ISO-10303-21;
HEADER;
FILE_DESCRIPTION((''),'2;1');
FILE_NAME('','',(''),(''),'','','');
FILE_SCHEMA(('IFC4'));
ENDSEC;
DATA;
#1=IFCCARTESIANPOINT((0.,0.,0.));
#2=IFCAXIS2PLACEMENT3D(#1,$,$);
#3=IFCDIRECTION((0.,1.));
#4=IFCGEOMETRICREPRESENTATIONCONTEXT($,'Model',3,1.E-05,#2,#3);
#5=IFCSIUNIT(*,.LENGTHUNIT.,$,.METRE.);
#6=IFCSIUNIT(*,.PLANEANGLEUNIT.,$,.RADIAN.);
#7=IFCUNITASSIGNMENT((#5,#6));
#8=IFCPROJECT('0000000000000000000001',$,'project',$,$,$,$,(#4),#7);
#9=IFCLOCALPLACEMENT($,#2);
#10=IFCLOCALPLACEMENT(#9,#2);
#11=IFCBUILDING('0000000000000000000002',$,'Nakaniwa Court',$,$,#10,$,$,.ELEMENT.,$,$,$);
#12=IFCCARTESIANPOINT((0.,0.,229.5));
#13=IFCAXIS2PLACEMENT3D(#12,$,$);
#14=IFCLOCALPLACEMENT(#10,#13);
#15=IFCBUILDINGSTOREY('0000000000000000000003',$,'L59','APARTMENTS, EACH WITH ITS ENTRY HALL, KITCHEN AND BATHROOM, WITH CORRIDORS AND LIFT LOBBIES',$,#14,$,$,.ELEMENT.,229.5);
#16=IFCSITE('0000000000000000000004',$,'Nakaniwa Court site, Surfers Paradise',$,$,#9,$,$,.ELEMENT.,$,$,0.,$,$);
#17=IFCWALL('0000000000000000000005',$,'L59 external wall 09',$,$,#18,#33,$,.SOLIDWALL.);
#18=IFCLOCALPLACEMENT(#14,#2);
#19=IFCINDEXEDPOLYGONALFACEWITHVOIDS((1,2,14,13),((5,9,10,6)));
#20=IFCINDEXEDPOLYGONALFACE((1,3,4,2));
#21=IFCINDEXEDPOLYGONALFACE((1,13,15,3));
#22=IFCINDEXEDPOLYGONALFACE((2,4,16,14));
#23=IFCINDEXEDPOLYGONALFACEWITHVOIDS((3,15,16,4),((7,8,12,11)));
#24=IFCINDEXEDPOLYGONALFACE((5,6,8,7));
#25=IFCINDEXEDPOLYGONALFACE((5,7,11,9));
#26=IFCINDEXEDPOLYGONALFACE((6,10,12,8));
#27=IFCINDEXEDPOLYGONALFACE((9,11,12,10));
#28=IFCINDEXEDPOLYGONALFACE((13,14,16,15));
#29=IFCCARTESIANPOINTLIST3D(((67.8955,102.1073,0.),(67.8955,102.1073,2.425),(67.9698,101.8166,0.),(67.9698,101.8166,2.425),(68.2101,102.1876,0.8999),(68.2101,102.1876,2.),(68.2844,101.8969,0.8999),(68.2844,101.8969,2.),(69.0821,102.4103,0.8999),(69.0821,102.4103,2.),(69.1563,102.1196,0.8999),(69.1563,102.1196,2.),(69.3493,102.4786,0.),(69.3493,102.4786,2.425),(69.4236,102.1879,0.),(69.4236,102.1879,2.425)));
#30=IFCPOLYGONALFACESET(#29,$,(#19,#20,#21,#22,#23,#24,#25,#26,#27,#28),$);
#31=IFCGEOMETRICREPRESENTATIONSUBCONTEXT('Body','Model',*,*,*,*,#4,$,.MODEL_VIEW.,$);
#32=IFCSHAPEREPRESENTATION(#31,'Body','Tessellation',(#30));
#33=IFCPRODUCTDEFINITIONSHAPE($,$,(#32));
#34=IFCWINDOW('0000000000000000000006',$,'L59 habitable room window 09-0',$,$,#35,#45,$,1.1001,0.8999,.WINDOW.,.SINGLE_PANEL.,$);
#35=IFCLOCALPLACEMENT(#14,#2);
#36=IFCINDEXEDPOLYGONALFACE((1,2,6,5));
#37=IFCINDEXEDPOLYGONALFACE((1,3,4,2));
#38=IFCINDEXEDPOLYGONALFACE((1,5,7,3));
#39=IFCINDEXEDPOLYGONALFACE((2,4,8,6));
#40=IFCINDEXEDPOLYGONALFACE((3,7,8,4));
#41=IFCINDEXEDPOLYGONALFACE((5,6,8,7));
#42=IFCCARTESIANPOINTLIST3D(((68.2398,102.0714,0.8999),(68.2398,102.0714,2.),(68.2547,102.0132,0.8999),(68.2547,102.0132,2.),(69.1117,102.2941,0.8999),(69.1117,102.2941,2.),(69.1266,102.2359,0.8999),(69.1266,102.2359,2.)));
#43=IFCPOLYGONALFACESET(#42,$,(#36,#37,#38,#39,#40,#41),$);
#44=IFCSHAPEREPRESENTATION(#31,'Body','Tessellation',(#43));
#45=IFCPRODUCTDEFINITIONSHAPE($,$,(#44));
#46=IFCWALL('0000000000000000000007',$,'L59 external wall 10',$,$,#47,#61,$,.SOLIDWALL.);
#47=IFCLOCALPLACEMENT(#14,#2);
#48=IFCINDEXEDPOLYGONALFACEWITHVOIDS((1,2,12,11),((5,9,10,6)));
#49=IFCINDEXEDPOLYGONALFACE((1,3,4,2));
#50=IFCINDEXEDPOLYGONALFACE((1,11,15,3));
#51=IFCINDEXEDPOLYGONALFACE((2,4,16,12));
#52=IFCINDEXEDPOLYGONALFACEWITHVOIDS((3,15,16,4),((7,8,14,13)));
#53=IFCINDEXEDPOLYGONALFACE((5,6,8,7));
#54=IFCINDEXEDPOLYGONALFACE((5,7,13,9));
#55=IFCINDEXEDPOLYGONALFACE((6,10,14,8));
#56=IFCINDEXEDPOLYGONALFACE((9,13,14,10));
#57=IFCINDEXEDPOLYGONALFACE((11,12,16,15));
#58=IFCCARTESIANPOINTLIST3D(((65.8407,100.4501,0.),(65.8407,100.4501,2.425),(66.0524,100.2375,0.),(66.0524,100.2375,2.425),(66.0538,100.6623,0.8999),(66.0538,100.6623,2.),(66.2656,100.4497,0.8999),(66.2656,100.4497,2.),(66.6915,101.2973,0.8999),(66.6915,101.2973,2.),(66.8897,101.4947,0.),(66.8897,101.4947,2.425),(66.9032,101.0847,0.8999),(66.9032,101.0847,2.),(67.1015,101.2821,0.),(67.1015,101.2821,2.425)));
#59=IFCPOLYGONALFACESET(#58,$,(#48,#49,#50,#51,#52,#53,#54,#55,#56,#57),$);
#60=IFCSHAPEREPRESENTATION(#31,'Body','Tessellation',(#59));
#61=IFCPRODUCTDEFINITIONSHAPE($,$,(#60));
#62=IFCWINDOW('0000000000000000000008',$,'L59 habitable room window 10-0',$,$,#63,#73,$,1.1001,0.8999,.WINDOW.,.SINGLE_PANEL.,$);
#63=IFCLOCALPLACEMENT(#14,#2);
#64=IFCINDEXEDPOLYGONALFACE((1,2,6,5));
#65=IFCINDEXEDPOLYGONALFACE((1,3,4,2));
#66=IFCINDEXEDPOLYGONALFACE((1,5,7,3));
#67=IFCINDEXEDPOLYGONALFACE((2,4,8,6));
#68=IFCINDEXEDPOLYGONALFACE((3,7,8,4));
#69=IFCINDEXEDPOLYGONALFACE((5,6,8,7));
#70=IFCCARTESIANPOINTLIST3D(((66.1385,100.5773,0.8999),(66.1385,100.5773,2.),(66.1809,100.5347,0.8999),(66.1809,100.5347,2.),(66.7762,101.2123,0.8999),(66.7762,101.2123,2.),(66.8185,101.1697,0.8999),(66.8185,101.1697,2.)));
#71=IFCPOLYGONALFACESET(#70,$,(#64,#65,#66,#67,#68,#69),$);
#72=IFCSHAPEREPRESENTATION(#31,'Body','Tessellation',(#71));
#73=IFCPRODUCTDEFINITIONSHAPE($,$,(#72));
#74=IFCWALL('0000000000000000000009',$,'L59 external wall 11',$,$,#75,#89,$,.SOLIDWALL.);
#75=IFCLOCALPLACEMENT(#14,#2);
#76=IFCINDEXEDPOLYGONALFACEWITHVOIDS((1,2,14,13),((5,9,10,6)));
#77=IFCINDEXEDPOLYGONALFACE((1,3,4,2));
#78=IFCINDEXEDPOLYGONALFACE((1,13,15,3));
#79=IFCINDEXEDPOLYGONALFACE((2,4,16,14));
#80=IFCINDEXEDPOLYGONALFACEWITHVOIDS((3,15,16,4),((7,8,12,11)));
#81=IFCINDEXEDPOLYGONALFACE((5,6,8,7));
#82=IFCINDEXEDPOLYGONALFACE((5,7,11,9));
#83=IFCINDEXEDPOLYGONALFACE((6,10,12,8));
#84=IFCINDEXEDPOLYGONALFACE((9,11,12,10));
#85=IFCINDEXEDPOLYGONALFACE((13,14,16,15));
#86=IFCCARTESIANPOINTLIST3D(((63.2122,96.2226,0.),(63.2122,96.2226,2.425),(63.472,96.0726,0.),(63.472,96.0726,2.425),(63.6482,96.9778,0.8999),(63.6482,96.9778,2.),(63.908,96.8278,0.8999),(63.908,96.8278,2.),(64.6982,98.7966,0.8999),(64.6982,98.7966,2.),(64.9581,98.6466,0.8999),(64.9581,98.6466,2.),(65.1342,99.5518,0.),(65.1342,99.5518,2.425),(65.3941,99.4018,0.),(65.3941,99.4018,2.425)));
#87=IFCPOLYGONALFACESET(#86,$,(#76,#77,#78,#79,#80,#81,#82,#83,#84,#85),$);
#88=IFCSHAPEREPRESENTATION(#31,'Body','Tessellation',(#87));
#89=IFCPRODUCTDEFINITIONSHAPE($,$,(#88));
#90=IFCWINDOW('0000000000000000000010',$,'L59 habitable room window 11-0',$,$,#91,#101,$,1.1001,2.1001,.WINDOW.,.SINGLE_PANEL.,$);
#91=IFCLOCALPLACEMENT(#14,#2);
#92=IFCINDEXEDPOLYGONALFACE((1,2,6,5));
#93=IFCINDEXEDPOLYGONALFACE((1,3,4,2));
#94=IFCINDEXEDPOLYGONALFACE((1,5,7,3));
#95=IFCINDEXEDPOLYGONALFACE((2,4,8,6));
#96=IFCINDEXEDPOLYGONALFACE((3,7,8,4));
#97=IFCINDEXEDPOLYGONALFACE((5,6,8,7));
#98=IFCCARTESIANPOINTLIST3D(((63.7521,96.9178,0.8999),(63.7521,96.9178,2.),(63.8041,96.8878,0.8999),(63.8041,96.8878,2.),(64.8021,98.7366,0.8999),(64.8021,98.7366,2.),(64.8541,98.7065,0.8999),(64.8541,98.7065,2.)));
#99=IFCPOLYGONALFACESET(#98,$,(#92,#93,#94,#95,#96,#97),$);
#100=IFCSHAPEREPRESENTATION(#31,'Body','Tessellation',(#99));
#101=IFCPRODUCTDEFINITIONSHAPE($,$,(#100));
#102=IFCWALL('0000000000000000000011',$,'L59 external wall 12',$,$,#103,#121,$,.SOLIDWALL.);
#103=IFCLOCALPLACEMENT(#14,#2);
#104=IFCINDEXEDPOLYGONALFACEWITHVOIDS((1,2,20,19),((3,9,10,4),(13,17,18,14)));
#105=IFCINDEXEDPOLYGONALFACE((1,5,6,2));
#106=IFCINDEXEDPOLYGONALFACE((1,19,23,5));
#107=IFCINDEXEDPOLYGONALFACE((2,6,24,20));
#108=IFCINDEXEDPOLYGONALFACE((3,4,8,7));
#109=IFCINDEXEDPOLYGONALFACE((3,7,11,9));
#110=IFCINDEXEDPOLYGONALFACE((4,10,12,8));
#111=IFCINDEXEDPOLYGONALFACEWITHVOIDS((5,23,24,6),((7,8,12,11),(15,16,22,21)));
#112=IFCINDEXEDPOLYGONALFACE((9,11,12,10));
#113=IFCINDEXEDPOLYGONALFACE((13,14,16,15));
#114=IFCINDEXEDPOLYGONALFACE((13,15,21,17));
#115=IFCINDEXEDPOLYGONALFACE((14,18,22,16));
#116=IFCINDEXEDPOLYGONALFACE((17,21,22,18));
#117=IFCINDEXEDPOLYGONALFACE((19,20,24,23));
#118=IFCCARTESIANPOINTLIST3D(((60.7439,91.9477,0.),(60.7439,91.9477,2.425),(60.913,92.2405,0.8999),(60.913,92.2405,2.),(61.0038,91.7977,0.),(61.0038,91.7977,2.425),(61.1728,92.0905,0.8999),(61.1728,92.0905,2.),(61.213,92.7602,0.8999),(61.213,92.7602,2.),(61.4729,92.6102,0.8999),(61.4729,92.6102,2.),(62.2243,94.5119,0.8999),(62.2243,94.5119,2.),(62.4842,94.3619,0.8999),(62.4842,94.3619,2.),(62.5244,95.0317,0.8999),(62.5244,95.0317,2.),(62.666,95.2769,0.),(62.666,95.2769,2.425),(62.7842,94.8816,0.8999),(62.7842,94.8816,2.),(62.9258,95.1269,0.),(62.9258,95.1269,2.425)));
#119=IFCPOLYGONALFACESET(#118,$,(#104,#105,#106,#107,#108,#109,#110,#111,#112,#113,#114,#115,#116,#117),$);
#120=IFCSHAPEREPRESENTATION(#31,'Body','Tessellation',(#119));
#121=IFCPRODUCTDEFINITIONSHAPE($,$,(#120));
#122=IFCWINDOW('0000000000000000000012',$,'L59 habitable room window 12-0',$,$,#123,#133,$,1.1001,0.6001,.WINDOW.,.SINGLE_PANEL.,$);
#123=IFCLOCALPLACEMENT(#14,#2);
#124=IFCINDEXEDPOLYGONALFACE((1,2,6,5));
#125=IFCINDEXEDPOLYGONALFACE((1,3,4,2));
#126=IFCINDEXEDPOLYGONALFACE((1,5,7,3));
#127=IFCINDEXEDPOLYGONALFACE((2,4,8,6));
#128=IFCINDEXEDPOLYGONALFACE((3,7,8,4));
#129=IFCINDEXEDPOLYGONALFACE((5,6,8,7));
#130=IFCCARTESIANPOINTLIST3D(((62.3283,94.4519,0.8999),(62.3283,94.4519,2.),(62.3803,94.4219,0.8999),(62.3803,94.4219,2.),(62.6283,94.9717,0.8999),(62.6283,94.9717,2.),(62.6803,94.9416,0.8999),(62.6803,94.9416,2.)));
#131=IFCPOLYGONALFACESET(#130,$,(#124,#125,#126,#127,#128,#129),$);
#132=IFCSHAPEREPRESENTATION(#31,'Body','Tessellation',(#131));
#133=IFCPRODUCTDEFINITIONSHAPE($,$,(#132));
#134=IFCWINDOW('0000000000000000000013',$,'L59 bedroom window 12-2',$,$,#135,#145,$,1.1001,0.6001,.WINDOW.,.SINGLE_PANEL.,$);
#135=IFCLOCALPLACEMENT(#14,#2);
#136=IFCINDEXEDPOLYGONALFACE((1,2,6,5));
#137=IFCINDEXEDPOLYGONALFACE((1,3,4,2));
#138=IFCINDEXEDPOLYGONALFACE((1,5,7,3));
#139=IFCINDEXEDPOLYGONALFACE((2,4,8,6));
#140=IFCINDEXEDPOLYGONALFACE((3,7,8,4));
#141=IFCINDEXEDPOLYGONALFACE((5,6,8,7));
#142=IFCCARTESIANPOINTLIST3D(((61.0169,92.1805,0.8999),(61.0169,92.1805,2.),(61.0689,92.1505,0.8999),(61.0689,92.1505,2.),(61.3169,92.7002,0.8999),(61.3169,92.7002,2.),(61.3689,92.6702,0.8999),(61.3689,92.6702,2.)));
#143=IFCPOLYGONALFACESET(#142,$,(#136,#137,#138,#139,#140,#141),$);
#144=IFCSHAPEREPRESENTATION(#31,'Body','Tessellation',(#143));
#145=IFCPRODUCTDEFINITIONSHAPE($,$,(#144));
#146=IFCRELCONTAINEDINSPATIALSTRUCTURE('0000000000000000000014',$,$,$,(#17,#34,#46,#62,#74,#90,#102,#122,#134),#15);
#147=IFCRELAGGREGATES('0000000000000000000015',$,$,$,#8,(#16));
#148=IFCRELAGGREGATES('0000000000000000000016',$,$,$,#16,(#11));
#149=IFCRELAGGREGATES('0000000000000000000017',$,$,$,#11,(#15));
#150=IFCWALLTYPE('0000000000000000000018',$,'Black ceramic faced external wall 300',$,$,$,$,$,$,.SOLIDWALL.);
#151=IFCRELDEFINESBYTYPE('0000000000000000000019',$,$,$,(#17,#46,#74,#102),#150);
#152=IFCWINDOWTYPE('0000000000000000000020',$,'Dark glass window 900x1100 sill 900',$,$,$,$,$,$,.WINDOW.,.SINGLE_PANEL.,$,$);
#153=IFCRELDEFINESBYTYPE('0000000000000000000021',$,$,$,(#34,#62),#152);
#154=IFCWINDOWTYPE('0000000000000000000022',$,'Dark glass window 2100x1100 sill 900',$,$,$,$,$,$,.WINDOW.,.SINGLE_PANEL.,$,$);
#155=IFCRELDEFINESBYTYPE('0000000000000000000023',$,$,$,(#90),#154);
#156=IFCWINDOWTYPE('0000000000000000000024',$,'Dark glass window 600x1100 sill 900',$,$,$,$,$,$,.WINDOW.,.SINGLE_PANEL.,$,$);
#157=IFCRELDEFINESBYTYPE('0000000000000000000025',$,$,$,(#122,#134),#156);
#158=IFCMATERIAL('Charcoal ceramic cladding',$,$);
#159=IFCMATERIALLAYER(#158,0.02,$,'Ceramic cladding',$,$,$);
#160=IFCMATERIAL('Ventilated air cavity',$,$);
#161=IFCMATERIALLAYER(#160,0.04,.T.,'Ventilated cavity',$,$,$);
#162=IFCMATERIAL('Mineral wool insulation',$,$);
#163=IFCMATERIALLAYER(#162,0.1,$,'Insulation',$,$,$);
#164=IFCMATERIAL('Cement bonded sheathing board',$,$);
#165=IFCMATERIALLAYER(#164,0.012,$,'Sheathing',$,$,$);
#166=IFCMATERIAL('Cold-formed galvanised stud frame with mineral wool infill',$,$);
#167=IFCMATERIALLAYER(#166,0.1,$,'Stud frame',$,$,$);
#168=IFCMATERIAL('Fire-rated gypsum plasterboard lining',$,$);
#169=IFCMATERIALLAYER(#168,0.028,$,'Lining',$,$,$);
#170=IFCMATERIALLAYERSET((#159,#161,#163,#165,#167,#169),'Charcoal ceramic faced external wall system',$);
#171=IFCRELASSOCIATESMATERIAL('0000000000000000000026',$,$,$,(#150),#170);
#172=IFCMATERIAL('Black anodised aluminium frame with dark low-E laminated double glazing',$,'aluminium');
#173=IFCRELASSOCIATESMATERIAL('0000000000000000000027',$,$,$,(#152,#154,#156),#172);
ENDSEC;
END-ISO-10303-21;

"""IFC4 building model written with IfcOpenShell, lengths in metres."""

from ifc_helpers import new_model, si_unit, direction, frame, frame_2d, origin, place, context, subcontext, project, spatial, rectangle, extrude, material, layer, layer_set, type_object, element, fill, save


model = new_model("IFC4")

# Units and contexts
model_context = context("Model", 3, precision=1e-05, world=origin(), true_north=direction((0.0, 1.0)))
body_context = subcontext(model_context, "Body", "Model", "MODEL_VIEW")
ifc_project = project(units=[si_unit("LENGTHUNIT", "METRE"), si_unit("PLANEANGLEUNIT", "RADIAN")], contexts=[model_context])

# Site, building, storey
site_placement = place(None, origin())
site = spatial("IfcSite", under=ifc_project, at=site_placement, Name="Nakaniwa Court site, Surfers Paradise", CompositionType="ELEMENT", RefElevation=0.0)
building_placement = place(site_placement, origin())
building = spatial("IfcBuilding", under=site, at=building_placement, Name="Nakaniwa Court", CompositionType="ELEMENT")
storey_placement = place(building_placement, frame((0.0, 0.0, 229.5)))
storey = spatial("IfcBuildingStorey", under=building, at=storey_placement, Name="L59", Description="APARTMENTS, EACH WITH ITS ENTRY HALL, KITCHEN AND BATHROOM, WITH CORRIDORS AND LIFT LOBBIES", CompositionType="ELEMENT", Elevation=229.5)

# Walls, openings, windows
ifc_material_1 = material(Name="Charcoal ceramic cladding")
ifc_layer_1 = layer(ifc_material_1, 0.02, Name="Ceramic cladding")
ifc_material_2 = material(Name="Ventilated air cavity")
ifc_layer_2 = layer(ifc_material_2, 0.04, ventilated=True, Name="Ventilated cavity")
ifc_material_3 = material(Name="Mineral wool insulation")
ifc_layer_3 = layer(ifc_material_3, 0.1, Name="Insulation")
ifc_material_4 = material(Name="Cement bonded sheathing board")
ifc_layer_4 = layer(ifc_material_4, 0.012, Name="Sheathing")
ifc_material_5 = material(Name="Cold-formed galvanised stud frame with mineral wool infill")
ifc_layer_5 = layer(ifc_material_5, 0.1, Name="Stud frame")
ifc_material_6 = material(Name="Fire-rated gypsum plasterboard lining")
ifc_layer_6 = layer(ifc_material_6, 0.028, Name="Lining")
ifc_layer_set_1 = layer_set([ifc_layer_1, ifc_layer_2, ifc_layer_3, ifc_layer_4, ifc_layer_5, ifc_layer_6], Name="Charcoal ceramic faced external wall system")
wall_type_1 = type_object("IfcWallType", Name="Black ceramic faced external wall 300", PredefinedType="SOLIDWALL", material=ifc_layer_set_1)
wall_1_placement = place(storey_placement, frame((69.3865, 102.3333, 0.0), z_axis=(0.0, 0.0, 1.0), x_axis=(-0.968895, -0.247471, 0.0)))
wall_1 = element("IfcWall", 1, at=wall_1_placement, inside=storey, type_object=wall_type_1, Name="L59 external wall 09", PredefinedType="SOLIDWALL", context=body_context, shape_type="SweptSolid", body=[
    extrude(rectangle(XDim=1.5005, YDim=0.3, at=frame_2d((0.7502, 0.0))), origin(), (0.0, 0.0, 1.0), 2.425),
])
opening_1_placement = place(wall_1_placement, frame((0.2759, 0.0, 0.8999)))
opening_1 = element("IfcOpeningElement", 2, at=opening_1_placement, cuts=wall_1, PredefinedType="OPENING", context=body_context, shape_type="SweptSolid", body=[
    extrude(rectangle(XDim=0.8999, YDim=1.1001, at=frame_2d((0.45, 0.55))), frame((0.0, 0.1599, 0.0), z_axis=(0.0, -1.0, 0.0), x_axis=(1.0, 0.0, 0.0)), (0.0, 0.0, 1.0), 0.3201),
])
ifc_material_7 = material(Name="Black anodised aluminium frame with dark low-E laminated double glazing", Category="aluminium")
window_type_1 = type_object("IfcWindowType", Name="Dark glass window 900x1100 sill 900", PartitioningType="SINGLE_PANEL", PredefinedType="WINDOW", material=ifc_material_7)
window_1_placement = place(opening_1_placement, origin())
window_1 = element("IfcWindow", 3, at=window_1_placement, inside=storey, type_object=window_type_1, Name="L59 habitable room window 09-0", OverallHeight=1.1001, OverallWidth=0.8999, PartitioningType="SINGLE_PANEL", PredefinedType="WINDOW", context=body_context, shape_type="SweptSolid", body=[
    extrude(rectangle(XDim=0.8999, YDim=1.1001, at=frame_2d((0.45, 0.55))), frame((0.0, 0.03, 0.0), z_axis=(0.0, -1.0, 0.0), x_axis=(1.0, 0.0, 0.0)), (0.0, 0.0, 1.0), 0.0601),
])
fill(opening_1, window_1)
wall_2_placement = place(storey_placement, frame((66.9956, 101.3884, 0.0), z_axis=(0.0, 0.0, 1.0), x_axis=(-0.708589, -0.705621, 0.0)))
wall_2 = element("IfcWall", 4, at=wall_2_placement, inside=storey, type_object=wall_type_1, Name="L59 external wall 10", PredefinedType="SOLIDWALL", context=body_context, shape_type="SweptSolid", body=[
    extrude(rectangle(XDim=1.4805, YDim=0.3, at=frame_2d((0.7402, 0.0))), origin(), (0.0, 0.0, 1.0), 2.425),
])
opening_2_placement = place(wall_2_placement, frame((0.2798, 0.0, 0.8999)))
opening_2 = element("IfcOpeningElement", 5, at=opening_2_placement, cuts=wall_2, PredefinedType="OPENING", context=body_context, shape_type="SweptSolid", body=[
    extrude(rectangle(XDim=0.8999, YDim=1.1001, at=frame_2d((0.45, 0.55))), frame((0.0, 0.1599, 0.0), z_axis=(0.0, -1.0, 0.0), x_axis=(1.0, 0.0, 0.0)), (0.0, 0.0, 1.0), 0.3201),
])
window_2_placement = place(opening_2_placement, origin())
window_2 = element("IfcWindow", 6, at=window_2_placement, inside=storey, type_object=window_type_1, Name="L59 habitable room window 10-0", OverallHeight=1.1001, OverallWidth=0.8999, PartitioningType="SINGLE_PANEL", PredefinedType="WINDOW", context=body_context, shape_type="SweptSolid", body=[
    extrude(rectangle(XDim=0.8999, YDim=1.1001, at=frame_2d((0.45, 0.55))), frame((0.0, 0.03, 0.0), z_axis=(0.0, -1.0, 0.0), x_axis=(1.0, 0.0, 0.0)), (0.0, 0.0, 1.0), 0.0601),
])
fill(opening_2, window_2)
wall_3_placement = place(storey_placement, frame((65.2642, 99.4768, 0.0), z_axis=(0.0, 0.0, 1.0), x_axis=(-0.499984, -0.866034, 0.0)))
wall_3 = element("IfcWall", 7, at=wall_3_placement, inside=storey, type_object=wall_type_1, Name="L59 external wall 11", PredefinedType="SOLIDWALL", context=body_context, shape_type="SweptSolid", body=[
    extrude(rectangle(XDim=3.8442, YDim=0.3, at=frame_2d((1.9221, 0.0))), origin(), (0.0, 0.0, 1.0), 2.425),
])
opening_3_placement = place(wall_3_placement, frame((0.8721, 0.0, 0.8999)))
opening_3 = element("IfcOpeningElement", 8, at=opening_3_placement, cuts=wall_3, PredefinedType="OPENING", context=body_context, shape_type="SweptSolid", body=[
    extrude(rectangle(XDim=2.1001, YDim=1.1001, at=frame_2d((1.05, 0.55))), frame((0.0, 0.1599, 0.0), z_axis=(0.0, -1.0, 0.0), x_axis=(1.0, 0.0, 0.0)), (0.0, 0.0, 1.0), 0.3201),
])
window_type_2 = type_object("IfcWindowType", Name="Dark glass window 2100x1100 sill 900", PartitioningType="SINGLE_PANEL", PredefinedType="WINDOW", material=ifc_material_7)
window_3_placement = place(opening_3_placement, origin())
window_3 = element("IfcWindow", 9, at=window_3_placement, inside=storey, type_object=window_type_2, Name="L59 habitable room window 11-0", OverallHeight=1.1001, OverallWidth=2.1001, PartitioningType="SINGLE_PANEL", PredefinedType="WINDOW", context=body_context, shape_type="SweptSolid", body=[
    extrude(rectangle(XDim=2.1001, YDim=1.1001, at=frame_2d((1.05, 0.55))), frame((0.0, 0.03, 0.0), z_axis=(0.0, -1.0, 0.0), x_axis=(1.0, 0.0, 0.0)), (0.0, 0.0, 1.0), 0.0601),
])
fill(opening_3, window_3)

# Wall, openings, windows
wall_4_placement = place(storey_placement, frame((62.7959, 95.2019, 0.0), z_axis=(0.0, 0.0, 1.0), x_axis=(-0.499984, -0.866034, 0.0)))
wall_4 = element("IfcWall", 10, at=wall_4_placement, inside=storey, type_object=wall_type_1, Name="L59 external wall 12", PredefinedType="SOLIDWALL", context=body_context, shape_type="SweptSolid", body=[
    extrude(rectangle(XDim=3.8442, YDim=0.3, at=frame_2d((1.9221, 0.0))), origin(), (0.0, 0.0, 1.0), 2.425),
])
opening_4_placement = place(wall_4_placement, frame((0.2832, 0.0, 0.8999)))
opening_4 = element("IfcOpeningElement", 11, at=opening_4_placement, cuts=wall_4, PredefinedType="OPENING", context=body_context, shape_type="SweptSolid", body=[
    extrude(rectangle(XDim=0.6001, YDim=1.1001, at=frame_2d((0.3, 0.55))), frame((0.0, 0.1599, 0.0), z_axis=(0.0, -1.0, 0.0), x_axis=(1.0, 0.0, 0.0)), (0.0, 0.0, 1.0), 0.3201),
])
opening_5_placement = place(wall_4_placement, frame((2.906, 0.0, 0.8999)))
opening_5 = element("IfcOpeningElement", 12, at=opening_5_placement, cuts=wall_4, PredefinedType="OPENING", context=body_context, shape_type="SweptSolid", body=[
    extrude(rectangle(XDim=0.6001, YDim=1.1001, at=frame_2d((0.3, 0.55))), frame((0.0, 0.1599, 0.0), z_axis=(0.0, -1.0, 0.0), x_axis=(1.0, 0.0, 0.0)), (0.0, 0.0, 1.0), 0.3201),
])
window_type_3 = type_object("IfcWindowType", Name="Dark glass window 600x1100 sill 900", PartitioningType="SINGLE_PANEL", PredefinedType="WINDOW", material=ifc_material_7)
window_4_placement = place(opening_4_placement, origin())
window_4 = element("IfcWindow", 13, at=window_4_placement, inside=storey, type_object=window_type_3, Name="L59 habitable room window 12-0", OverallHeight=1.1001, OverallWidth=0.6001, PartitioningType="SINGLE_PANEL", PredefinedType="WINDOW", context=body_context, shape_type="SweptSolid", body=[
    extrude(rectangle(XDim=0.6001, YDim=1.1001, at=frame_2d((0.3, 0.55))), frame((0.0, 0.03, 0.0), z_axis=(0.0, -1.0, 0.0), x_axis=(1.0, 0.0, 0.0)), (0.0, 0.0, 1.0), 0.0601),
])
fill(opening_4, window_4)
window_5_placement = place(opening_5_placement, origin())
window_5 = element("IfcWindow", 14, at=window_5_placement, inside=storey, type_object=window_type_3, Name="L59 bedroom window 12-2", OverallHeight=1.1001, OverallWidth=0.6001, PartitioningType="SINGLE_PANEL", PredefinedType="WINDOW", context=body_context, shape_type="SweptSolid", body=[
    extrude(rectangle(XDim=0.6001, YDim=1.1001, at=frame_2d((0.3, 0.55))), frame((0.0, 0.03, 0.0), z_axis=(0.0, -1.0, 0.0), x_axis=(1.0, 0.0, 0.0)), (0.0, 0.0, 1.0), 0.0601),
])
fill(opening_5, window_5)

save(model, "model.ifc")
